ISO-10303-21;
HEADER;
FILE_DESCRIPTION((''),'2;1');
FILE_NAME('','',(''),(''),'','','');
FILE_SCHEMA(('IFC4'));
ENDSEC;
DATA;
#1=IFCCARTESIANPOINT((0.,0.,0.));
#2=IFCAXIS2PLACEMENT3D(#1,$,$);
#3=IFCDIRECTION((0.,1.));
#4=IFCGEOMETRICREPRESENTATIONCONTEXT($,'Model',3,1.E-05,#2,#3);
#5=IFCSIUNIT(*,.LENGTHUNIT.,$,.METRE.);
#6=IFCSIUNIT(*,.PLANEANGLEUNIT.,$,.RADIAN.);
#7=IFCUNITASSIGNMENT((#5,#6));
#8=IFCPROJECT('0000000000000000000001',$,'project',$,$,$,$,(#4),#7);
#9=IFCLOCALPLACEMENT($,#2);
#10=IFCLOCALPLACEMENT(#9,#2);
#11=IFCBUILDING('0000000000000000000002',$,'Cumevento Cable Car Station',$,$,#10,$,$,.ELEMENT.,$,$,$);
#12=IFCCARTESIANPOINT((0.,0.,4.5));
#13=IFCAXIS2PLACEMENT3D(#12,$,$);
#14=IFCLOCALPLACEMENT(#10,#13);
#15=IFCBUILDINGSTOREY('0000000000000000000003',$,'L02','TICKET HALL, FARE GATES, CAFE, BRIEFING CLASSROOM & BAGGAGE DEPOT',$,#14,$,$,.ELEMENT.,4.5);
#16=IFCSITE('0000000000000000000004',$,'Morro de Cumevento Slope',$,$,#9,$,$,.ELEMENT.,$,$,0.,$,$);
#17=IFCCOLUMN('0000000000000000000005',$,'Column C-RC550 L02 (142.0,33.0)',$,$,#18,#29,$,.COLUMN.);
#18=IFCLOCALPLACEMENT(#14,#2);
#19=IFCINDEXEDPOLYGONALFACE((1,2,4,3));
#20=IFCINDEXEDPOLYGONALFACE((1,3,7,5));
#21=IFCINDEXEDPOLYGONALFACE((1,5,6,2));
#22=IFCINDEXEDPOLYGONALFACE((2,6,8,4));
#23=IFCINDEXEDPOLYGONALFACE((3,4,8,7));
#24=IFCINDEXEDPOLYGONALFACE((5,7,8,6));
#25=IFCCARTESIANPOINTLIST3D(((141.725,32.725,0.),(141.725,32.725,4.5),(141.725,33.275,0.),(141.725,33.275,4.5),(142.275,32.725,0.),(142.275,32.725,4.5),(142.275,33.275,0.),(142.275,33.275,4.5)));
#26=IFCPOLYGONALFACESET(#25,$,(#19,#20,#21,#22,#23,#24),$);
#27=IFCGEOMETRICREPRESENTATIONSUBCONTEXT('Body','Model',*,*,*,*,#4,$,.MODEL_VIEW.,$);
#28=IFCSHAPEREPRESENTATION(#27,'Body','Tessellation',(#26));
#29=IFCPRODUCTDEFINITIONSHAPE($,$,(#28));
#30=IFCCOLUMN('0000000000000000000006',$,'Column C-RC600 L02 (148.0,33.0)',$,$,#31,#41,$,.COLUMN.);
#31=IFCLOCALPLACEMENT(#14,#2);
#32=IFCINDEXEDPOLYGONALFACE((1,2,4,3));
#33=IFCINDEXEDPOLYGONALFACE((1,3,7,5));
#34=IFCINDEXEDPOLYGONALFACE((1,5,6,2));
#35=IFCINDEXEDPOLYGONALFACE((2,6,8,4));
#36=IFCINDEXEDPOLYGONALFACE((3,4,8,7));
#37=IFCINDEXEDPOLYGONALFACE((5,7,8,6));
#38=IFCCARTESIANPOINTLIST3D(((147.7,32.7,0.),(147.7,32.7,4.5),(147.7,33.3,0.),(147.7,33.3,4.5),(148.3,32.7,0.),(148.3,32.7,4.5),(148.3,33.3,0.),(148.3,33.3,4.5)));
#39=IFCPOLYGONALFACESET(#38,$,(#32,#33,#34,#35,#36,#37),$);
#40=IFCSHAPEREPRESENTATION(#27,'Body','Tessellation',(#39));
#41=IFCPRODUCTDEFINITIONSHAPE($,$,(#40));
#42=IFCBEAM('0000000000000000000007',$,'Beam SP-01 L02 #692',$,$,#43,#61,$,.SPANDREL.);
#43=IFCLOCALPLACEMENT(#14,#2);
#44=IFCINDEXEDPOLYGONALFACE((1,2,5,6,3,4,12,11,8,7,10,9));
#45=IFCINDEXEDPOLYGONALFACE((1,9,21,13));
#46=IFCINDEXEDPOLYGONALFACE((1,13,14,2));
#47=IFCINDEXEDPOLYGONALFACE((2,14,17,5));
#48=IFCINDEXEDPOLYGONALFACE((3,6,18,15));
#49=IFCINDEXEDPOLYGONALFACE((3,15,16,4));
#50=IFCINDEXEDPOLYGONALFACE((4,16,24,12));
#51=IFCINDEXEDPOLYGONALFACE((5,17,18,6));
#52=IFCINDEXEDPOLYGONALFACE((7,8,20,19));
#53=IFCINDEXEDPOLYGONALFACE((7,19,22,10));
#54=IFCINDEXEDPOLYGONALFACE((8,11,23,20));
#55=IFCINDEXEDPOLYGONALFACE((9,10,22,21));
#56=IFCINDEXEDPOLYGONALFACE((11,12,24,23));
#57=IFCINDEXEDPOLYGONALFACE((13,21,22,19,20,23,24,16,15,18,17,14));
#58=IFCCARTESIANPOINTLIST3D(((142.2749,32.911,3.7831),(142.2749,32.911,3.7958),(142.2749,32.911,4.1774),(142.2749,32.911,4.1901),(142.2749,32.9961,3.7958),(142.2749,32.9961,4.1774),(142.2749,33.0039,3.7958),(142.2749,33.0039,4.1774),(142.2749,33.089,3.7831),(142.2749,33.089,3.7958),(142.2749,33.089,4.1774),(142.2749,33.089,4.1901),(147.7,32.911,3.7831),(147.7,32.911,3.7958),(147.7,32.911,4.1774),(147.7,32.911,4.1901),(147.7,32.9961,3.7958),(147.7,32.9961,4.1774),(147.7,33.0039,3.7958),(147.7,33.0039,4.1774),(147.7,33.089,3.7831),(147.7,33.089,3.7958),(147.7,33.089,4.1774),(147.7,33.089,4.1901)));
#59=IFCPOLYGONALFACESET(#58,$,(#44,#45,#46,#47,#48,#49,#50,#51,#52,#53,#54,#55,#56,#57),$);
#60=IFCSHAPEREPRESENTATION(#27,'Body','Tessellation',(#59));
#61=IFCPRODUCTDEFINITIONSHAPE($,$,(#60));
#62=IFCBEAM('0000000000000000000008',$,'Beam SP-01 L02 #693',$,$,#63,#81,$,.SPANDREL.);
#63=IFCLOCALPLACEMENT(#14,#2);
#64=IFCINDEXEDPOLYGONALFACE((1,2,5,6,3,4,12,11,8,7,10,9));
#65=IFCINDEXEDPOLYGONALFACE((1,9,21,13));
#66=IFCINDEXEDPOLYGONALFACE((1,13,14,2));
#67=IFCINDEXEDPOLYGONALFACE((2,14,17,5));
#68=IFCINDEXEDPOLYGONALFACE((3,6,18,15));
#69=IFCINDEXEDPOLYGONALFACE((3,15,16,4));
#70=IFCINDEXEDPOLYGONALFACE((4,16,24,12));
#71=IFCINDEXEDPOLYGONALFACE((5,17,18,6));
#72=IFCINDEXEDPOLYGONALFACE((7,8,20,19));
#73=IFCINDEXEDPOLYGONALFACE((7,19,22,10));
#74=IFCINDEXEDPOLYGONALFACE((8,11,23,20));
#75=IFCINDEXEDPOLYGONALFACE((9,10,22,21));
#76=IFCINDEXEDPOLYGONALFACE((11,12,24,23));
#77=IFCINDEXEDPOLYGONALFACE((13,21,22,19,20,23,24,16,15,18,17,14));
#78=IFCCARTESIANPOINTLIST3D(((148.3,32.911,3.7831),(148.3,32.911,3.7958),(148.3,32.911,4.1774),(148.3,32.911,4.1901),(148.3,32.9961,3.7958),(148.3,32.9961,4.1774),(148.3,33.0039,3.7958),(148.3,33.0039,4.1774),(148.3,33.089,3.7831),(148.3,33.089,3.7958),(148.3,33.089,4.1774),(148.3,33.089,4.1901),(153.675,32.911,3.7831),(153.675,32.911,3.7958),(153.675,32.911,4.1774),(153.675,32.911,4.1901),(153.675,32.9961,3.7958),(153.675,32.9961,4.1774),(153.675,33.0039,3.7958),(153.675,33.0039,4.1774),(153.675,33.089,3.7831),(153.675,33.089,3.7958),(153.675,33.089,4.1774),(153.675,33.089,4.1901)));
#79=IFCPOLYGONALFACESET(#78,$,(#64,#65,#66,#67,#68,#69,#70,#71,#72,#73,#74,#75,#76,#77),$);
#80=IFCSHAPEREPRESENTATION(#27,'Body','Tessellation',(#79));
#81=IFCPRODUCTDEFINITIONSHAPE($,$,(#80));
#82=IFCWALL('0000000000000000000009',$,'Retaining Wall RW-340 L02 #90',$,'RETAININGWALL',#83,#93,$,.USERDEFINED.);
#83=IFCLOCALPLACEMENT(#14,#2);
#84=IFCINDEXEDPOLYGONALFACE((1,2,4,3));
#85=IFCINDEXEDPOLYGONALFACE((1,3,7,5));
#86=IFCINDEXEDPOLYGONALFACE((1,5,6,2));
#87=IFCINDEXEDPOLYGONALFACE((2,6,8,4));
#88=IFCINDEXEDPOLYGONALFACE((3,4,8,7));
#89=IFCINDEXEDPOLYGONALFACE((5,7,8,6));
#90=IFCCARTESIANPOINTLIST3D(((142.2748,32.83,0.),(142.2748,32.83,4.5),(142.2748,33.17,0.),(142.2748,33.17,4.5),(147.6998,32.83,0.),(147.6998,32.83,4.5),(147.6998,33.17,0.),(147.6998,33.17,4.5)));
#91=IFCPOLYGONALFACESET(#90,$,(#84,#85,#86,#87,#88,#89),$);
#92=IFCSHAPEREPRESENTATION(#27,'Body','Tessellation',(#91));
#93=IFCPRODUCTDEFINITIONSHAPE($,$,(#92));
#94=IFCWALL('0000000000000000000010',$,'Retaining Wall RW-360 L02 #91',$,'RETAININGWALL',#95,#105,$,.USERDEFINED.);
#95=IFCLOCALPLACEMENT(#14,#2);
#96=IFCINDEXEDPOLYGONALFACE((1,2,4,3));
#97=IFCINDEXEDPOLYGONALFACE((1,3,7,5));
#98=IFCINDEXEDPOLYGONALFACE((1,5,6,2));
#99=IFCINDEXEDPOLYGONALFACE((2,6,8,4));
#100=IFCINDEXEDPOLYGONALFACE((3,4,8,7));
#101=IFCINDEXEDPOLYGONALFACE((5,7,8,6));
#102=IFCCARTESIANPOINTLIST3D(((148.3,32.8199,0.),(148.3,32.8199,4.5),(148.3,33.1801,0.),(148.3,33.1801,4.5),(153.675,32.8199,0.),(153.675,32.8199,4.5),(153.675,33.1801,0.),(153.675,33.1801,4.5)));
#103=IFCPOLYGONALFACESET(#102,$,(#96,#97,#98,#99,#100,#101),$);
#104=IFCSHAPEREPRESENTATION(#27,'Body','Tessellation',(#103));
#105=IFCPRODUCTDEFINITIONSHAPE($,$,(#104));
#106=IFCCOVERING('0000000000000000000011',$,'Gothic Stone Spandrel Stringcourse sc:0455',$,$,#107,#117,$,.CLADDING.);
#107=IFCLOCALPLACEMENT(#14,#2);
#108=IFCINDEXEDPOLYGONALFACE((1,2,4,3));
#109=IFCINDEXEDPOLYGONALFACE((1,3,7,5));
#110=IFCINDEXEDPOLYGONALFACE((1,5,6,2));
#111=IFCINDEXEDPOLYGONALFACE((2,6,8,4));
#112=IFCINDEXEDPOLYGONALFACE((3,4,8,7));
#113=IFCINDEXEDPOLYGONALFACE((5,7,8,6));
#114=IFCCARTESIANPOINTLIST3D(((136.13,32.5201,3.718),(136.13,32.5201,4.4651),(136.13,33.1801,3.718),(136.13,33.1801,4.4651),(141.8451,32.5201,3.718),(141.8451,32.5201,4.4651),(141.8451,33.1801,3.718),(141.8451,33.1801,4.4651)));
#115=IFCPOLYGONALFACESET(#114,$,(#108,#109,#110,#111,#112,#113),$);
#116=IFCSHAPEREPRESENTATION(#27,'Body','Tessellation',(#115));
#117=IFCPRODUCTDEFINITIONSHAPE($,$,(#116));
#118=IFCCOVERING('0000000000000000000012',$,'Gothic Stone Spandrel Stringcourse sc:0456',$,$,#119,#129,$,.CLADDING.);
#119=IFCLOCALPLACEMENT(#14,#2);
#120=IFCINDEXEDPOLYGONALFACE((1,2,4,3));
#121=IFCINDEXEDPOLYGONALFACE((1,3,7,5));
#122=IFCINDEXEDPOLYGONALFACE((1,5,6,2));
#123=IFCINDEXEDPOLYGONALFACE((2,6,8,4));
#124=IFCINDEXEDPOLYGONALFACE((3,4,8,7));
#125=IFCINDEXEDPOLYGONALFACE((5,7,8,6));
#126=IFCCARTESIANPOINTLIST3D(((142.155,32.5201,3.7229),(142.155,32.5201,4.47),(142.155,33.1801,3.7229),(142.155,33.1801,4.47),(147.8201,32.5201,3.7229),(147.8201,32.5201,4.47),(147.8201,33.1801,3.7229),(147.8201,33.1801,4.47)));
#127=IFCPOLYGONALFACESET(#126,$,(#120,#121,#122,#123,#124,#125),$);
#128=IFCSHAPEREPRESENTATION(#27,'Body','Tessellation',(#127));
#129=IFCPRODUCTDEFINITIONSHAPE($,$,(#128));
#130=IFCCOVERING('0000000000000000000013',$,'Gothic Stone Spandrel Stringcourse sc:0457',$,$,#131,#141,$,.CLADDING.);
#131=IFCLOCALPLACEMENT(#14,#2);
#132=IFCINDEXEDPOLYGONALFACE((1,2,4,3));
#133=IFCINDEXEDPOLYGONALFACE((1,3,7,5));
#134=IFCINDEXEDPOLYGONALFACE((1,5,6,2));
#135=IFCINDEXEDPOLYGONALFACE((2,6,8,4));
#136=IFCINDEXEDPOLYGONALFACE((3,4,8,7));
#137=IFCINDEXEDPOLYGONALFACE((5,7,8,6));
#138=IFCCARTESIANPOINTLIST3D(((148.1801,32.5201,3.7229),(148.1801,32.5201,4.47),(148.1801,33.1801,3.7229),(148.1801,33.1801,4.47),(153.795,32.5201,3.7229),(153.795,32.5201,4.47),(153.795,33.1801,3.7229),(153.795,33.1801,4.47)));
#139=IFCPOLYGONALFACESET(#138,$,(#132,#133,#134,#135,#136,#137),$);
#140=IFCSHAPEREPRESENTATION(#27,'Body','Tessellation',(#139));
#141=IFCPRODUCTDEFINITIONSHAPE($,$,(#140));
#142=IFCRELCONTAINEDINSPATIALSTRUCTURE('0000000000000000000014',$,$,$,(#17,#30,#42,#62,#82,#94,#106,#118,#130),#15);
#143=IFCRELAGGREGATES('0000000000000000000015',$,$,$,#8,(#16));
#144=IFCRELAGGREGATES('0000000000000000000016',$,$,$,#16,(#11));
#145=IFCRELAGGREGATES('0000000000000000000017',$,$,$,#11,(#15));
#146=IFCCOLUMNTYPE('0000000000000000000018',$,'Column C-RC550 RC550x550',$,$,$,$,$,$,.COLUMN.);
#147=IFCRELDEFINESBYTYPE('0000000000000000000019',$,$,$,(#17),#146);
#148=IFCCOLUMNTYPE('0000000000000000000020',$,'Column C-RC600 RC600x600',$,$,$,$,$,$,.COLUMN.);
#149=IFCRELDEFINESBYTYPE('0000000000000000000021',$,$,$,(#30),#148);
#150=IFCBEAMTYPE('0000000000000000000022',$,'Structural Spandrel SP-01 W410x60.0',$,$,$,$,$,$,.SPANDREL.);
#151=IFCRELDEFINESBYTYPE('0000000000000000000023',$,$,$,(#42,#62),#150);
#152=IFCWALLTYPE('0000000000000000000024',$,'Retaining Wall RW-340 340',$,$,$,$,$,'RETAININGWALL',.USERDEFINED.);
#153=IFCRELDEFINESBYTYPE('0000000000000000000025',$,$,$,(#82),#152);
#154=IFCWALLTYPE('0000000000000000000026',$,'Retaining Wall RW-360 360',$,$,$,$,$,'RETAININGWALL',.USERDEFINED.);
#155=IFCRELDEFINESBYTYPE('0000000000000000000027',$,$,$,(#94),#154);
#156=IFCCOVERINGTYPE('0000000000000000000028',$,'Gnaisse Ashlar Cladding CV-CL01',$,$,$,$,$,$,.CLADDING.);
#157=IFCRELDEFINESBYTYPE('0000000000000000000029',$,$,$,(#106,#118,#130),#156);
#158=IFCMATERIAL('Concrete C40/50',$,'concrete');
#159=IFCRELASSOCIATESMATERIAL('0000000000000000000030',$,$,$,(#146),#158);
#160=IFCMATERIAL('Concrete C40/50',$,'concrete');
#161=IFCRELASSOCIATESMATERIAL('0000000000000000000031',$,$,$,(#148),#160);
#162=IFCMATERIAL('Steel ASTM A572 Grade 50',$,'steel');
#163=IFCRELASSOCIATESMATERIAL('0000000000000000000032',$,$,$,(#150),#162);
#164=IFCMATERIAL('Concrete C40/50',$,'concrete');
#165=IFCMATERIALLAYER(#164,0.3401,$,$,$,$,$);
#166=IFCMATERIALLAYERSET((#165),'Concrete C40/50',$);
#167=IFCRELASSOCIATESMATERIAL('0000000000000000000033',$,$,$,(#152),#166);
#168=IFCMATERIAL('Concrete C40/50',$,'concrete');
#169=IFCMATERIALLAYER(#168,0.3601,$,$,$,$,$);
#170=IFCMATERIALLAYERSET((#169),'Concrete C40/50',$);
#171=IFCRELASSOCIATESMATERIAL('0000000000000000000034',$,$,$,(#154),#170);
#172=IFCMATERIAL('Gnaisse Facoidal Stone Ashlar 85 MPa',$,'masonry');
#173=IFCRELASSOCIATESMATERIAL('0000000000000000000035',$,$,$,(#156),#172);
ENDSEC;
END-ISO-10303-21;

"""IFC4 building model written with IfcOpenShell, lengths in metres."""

from ifc_helpers import new_model, si_unit, direction, frame, frame_2d, origin, origin_2d, place, context, subcontext, project, spatial, rectangle, i_section, extrude, material, layer, layer_set, material_profile, profile_set, type_object, element, save


model = new_model("IFC4")

# Units and contexts
model_context = context("Model", 3, precision=1e-05, world=origin(), true_north=direction((0.0, 1.0)))
body_context = subcontext(model_context, "Body", "Model", "MODEL_VIEW")
ifc_project = project(units=[si_unit("LENGTHUNIT", "METRE"), si_unit("PLANEANGLEUNIT", "RADIAN")], contexts=[model_context])

# Site, building, storey
site_placement = place(None, origin())
site = spatial("IfcSite", under=ifc_project, at=site_placement, Name="Morro de Cumevento Slope", CompositionType="ELEMENT", RefElevation=0.0)
building_placement = place(site_placement, origin())
building = spatial("IfcBuilding", under=site, at=building_placement, Name="Cumevento Cable Car Station", CompositionType="ELEMENT")
storey_placement = place(building_placement, frame((0.0, 0.0, 4.5)))
storey = spatial("IfcBuildingStorey", under=building, at=storey_placement, Name="L02", Description="TICKET HALL, FARE GATES, CAFE, BRIEFING CLASSROOM & BAGGAGE DEPOT", CompositionType="ELEMENT", Elevation=4.5)

# Columns
ifc_material_1 = material(Name="Concrete C40/50", Category="concrete")
ifc_material_profile_1 = material_profile(ifc_material_1, rectangle(XDim=0.55, YDim=0.55, at=origin_2d()), Name="RC550x550")
ifc_profile_set_1 = profile_set([ifc_material_profile_1], Name="Concrete C40/50")
column_type_1 = type_object("IfcColumnType", Name="Column C-RC550 RC550x550", PredefinedType="COLUMN", material=ifc_profile_set_1)
column_1_placement = place(storey_placement, frame((142.0, 33.0, 0.0), z_axis=(0.0, 0.0, 1.0), x_axis=(1.0, 0.0, 0.0)))
element("IfcColumn", 1, at=column_1_placement, inside=storey, type_object=column_type_1, Name="Column C-RC550 L02 (142.0,33.0)", PredefinedType="COLUMN", context=body_context, shape_type="SweptSolid", body=[
    extrude(rectangle(XDim=0.55, YDim=0.55, at=origin_2d()), origin(), (0.0, 0.0, 1.0), 4.5),
])
ifc_material_2 = material(Name="Concrete C40/50", Category="concrete")
ifc_material_profile_2 = material_profile(ifc_material_2, rectangle(XDim=0.6001, YDim=0.6001, at=origin_2d()), Name="RC600x600")
ifc_profile_set_2 = profile_set([ifc_material_profile_2], Name="Concrete C40/50")
column_type_2 = type_object("IfcColumnType", Name="Column C-RC600 RC600x600", PredefinedType="COLUMN", material=ifc_profile_set_2)
column_2_placement = place(storey_placement, frame((148.0, 33.0, 0.0), z_axis=(0.0, 0.0, 1.0), x_axis=(1.0, 0.0, 0.0)))
element("IfcColumn", 2, at=column_2_placement, inside=storey, type_object=column_type_2, Name="Column C-RC600 L02 (148.0,33.0)", PredefinedType="COLUMN", context=body_context, shape_type="SweptSolid", body=[
    extrude(rectangle(XDim=0.6001, YDim=0.6001, at=origin_2d()), origin(), (0.0, 0.0, 1.0), 4.5),
])

# Beams
ifc_material_3 = material(Name="Steel ASTM A572 Grade 50", Category="steel")
ifc_material_profile_3 = material_profile(ifc_material_3, i_section(OverallWidth=0.178, OverallDepth=0.407, WebThickness=0.0078, FlangeThickness=0.0127, at=origin_2d()), Name="W410x60.0")
ifc_profile_set_3 = profile_set([ifc_material_profile_3], Name="Steel ASTM A572 Grade 50")
beam_type = type_object("IfcBeamType", Name="Structural Spandrel SP-01 W410x60.0", PredefinedType="SPANDREL", material=ifc_profile_set_3)
beam_1_placement = place(storey_placement, frame((142.2749, 33.0, 3.9866), z_axis=(1.0, 0.0, 0.0), x_axis=(0.0, 1.0, 0.0)))
element("IfcBeam", 3, at=beam_1_placement, inside=storey, type_object=beam_type, Name="Beam SP-01 L02 #692", PredefinedType="SPANDREL", context=body_context, shape_type="SweptSolid", body=[
    extrude(i_section(OverallWidth=0.178, OverallDepth=0.407, WebThickness=0.0078, FlangeThickness=0.0127, at=origin_2d()), origin(), (0.0, 0.0, 1.0), 5.425),
])
beam_2_placement = place(storey_placement, frame((148.3, 33.0, 3.9866), z_axis=(1.0, 0.0, 0.0), x_axis=(0.0, 1.0, 0.0)))
element("IfcBeam", 4, at=beam_2_placement, inside=storey, type_object=beam_type, Name="Beam SP-01 L02 #693", PredefinedType="SPANDREL", context=body_context, shape_type="SweptSolid", body=[
    extrude(i_section(OverallWidth=0.178, OverallDepth=0.407, WebThickness=0.0078, FlangeThickness=0.0127, at=origin_2d()), origin(), (0.0, 0.0, 1.0), 5.375),
])

# Walls
ifc_material_4 = material(Name="Concrete C40/50", Category="concrete")
ifc_layer_1 = layer(ifc_material_4, 0.3401)
ifc_layer_set_1 = layer_set([ifc_layer_1], Name="Concrete C40/50")
wall_type_1 = type_object("IfcWallType", Name="Retaining Wall RW-340 340", ElementType="RETAININGWALL", PredefinedType="USERDEFINED", material=ifc_layer_set_1)
wall_1_placement = place(storey_placement, frame((142.2749, 33.0, 0.0), z_axis=(0.0, 0.0, 1.0), x_axis=(1.0, 0.0, 0.0)))
element("IfcWall", 5, at=wall_1_placement, inside=storey, type_object=wall_type_1, Name="Retaining Wall RW-340 L02 #90", ObjectType="RETAININGWALL", PredefinedType="USERDEFINED", context=body_context, shape_type="SweptSolid", body=[
    extrude(rectangle(XDim=5.425, YDim=0.3401, at=frame_2d((2.7124, 0.0))), origin(), (0.0, 0.0, 1.0), 4.5),
])
ifc_material_5 = material(Name="Concrete C40/50", Category="concrete")
ifc_layer_2 = layer(ifc_material_5, 0.3601)
ifc_layer_set_2 = layer_set([ifc_layer_2], Name="Concrete C40/50")
wall_type_2 = type_object("IfcWallType", Name="Retaining Wall RW-360 360", ElementType="RETAININGWALL", PredefinedType="USERDEFINED", material=ifc_layer_set_2)
wall_2_placement = place(storey_placement, frame((148.3, 33.0, 0.0), z_axis=(0.0, 0.0, 1.0), x_axis=(1.0, 0.0, 0.0)))
element("IfcWall", 6, at=wall_2_placement, inside=storey, type_object=wall_type_2, Name="Retaining Wall RW-360 L02 #91", ObjectType="RETAININGWALL", PredefinedType="USERDEFINED", context=body_context, shape_type="SweptSolid", body=[
    extrude(rectangle(XDim=5.375, YDim=0.3601, at=frame_2d((2.6875, 0.0))), origin(), (0.0, 0.0, 1.0), 4.5),
])

# Coverings
ifc_material_6 = material(Name="Gnaisse Facoidal Stone Ashlar 85 MPa", Category="masonry")
covering_type = type_object("IfcCoveringType", Name="Gnaisse Ashlar Cladding CV-CL01", PredefinedType="CLADDING", material=ifc_material_6)
covering_1_placement = place(storey_placement, frame((138.9875, 32.8501, 3.718), z_axis=(0.0, 0.0, 1.0), x_axis=(1.0, 0.0, 0.0)))
element("IfcCovering", 7, at=covering_1_placement, inside=storey, type_object=covering_type, Name="Gothic Stone Spandrel Stringcourse sc:0455", PredefinedType="CLADDING", context=body_context, shape_type="SweptSolid", body=[
    extrude(rectangle(XDim=5.7151, YDim=0.6599, at=origin_2d()), origin(), (0.0, 0.0, 1.0), 0.7471),
])
covering_2_placement = place(storey_placement, frame((144.9875, 32.8501, 3.7229), z_axis=(0.0, 0.0, 1.0), x_axis=(1.0, 0.0, 0.0)))
element("IfcCovering", 8, at=covering_2_placement, inside=storey, type_object=covering_type, Name="Gothic Stone Spandrel Stringcourse sc:0456", PredefinedType="CLADDING", context=body_context, shape_type="SweptSolid", body=[
    extrude(rectangle(XDim=5.665, YDim=0.6599, at=origin_2d()), origin(), (0.0, 0.0, 1.0), 0.7471),
])
covering_3_placement = place(storey_placement, frame((150.9875, 32.8501, 3.7229), z_axis=(0.0, 0.0, 1.0), x_axis=(1.0, 0.0, 0.0)))
element("IfcCovering", 9, at=covering_3_placement, inside=storey, type_object=covering_type, Name="Gothic Stone Spandrel Stringcourse sc:0457", PredefinedType="CLADDING", context=body_context, shape_type="SweptSolid", body=[
    extrude(rectangle(XDim=5.615, YDim=0.6599, at=origin_2d()), origin(), (0.0, 0.0, 1.0), 0.7471),
])

save(model, "model.ifc")
